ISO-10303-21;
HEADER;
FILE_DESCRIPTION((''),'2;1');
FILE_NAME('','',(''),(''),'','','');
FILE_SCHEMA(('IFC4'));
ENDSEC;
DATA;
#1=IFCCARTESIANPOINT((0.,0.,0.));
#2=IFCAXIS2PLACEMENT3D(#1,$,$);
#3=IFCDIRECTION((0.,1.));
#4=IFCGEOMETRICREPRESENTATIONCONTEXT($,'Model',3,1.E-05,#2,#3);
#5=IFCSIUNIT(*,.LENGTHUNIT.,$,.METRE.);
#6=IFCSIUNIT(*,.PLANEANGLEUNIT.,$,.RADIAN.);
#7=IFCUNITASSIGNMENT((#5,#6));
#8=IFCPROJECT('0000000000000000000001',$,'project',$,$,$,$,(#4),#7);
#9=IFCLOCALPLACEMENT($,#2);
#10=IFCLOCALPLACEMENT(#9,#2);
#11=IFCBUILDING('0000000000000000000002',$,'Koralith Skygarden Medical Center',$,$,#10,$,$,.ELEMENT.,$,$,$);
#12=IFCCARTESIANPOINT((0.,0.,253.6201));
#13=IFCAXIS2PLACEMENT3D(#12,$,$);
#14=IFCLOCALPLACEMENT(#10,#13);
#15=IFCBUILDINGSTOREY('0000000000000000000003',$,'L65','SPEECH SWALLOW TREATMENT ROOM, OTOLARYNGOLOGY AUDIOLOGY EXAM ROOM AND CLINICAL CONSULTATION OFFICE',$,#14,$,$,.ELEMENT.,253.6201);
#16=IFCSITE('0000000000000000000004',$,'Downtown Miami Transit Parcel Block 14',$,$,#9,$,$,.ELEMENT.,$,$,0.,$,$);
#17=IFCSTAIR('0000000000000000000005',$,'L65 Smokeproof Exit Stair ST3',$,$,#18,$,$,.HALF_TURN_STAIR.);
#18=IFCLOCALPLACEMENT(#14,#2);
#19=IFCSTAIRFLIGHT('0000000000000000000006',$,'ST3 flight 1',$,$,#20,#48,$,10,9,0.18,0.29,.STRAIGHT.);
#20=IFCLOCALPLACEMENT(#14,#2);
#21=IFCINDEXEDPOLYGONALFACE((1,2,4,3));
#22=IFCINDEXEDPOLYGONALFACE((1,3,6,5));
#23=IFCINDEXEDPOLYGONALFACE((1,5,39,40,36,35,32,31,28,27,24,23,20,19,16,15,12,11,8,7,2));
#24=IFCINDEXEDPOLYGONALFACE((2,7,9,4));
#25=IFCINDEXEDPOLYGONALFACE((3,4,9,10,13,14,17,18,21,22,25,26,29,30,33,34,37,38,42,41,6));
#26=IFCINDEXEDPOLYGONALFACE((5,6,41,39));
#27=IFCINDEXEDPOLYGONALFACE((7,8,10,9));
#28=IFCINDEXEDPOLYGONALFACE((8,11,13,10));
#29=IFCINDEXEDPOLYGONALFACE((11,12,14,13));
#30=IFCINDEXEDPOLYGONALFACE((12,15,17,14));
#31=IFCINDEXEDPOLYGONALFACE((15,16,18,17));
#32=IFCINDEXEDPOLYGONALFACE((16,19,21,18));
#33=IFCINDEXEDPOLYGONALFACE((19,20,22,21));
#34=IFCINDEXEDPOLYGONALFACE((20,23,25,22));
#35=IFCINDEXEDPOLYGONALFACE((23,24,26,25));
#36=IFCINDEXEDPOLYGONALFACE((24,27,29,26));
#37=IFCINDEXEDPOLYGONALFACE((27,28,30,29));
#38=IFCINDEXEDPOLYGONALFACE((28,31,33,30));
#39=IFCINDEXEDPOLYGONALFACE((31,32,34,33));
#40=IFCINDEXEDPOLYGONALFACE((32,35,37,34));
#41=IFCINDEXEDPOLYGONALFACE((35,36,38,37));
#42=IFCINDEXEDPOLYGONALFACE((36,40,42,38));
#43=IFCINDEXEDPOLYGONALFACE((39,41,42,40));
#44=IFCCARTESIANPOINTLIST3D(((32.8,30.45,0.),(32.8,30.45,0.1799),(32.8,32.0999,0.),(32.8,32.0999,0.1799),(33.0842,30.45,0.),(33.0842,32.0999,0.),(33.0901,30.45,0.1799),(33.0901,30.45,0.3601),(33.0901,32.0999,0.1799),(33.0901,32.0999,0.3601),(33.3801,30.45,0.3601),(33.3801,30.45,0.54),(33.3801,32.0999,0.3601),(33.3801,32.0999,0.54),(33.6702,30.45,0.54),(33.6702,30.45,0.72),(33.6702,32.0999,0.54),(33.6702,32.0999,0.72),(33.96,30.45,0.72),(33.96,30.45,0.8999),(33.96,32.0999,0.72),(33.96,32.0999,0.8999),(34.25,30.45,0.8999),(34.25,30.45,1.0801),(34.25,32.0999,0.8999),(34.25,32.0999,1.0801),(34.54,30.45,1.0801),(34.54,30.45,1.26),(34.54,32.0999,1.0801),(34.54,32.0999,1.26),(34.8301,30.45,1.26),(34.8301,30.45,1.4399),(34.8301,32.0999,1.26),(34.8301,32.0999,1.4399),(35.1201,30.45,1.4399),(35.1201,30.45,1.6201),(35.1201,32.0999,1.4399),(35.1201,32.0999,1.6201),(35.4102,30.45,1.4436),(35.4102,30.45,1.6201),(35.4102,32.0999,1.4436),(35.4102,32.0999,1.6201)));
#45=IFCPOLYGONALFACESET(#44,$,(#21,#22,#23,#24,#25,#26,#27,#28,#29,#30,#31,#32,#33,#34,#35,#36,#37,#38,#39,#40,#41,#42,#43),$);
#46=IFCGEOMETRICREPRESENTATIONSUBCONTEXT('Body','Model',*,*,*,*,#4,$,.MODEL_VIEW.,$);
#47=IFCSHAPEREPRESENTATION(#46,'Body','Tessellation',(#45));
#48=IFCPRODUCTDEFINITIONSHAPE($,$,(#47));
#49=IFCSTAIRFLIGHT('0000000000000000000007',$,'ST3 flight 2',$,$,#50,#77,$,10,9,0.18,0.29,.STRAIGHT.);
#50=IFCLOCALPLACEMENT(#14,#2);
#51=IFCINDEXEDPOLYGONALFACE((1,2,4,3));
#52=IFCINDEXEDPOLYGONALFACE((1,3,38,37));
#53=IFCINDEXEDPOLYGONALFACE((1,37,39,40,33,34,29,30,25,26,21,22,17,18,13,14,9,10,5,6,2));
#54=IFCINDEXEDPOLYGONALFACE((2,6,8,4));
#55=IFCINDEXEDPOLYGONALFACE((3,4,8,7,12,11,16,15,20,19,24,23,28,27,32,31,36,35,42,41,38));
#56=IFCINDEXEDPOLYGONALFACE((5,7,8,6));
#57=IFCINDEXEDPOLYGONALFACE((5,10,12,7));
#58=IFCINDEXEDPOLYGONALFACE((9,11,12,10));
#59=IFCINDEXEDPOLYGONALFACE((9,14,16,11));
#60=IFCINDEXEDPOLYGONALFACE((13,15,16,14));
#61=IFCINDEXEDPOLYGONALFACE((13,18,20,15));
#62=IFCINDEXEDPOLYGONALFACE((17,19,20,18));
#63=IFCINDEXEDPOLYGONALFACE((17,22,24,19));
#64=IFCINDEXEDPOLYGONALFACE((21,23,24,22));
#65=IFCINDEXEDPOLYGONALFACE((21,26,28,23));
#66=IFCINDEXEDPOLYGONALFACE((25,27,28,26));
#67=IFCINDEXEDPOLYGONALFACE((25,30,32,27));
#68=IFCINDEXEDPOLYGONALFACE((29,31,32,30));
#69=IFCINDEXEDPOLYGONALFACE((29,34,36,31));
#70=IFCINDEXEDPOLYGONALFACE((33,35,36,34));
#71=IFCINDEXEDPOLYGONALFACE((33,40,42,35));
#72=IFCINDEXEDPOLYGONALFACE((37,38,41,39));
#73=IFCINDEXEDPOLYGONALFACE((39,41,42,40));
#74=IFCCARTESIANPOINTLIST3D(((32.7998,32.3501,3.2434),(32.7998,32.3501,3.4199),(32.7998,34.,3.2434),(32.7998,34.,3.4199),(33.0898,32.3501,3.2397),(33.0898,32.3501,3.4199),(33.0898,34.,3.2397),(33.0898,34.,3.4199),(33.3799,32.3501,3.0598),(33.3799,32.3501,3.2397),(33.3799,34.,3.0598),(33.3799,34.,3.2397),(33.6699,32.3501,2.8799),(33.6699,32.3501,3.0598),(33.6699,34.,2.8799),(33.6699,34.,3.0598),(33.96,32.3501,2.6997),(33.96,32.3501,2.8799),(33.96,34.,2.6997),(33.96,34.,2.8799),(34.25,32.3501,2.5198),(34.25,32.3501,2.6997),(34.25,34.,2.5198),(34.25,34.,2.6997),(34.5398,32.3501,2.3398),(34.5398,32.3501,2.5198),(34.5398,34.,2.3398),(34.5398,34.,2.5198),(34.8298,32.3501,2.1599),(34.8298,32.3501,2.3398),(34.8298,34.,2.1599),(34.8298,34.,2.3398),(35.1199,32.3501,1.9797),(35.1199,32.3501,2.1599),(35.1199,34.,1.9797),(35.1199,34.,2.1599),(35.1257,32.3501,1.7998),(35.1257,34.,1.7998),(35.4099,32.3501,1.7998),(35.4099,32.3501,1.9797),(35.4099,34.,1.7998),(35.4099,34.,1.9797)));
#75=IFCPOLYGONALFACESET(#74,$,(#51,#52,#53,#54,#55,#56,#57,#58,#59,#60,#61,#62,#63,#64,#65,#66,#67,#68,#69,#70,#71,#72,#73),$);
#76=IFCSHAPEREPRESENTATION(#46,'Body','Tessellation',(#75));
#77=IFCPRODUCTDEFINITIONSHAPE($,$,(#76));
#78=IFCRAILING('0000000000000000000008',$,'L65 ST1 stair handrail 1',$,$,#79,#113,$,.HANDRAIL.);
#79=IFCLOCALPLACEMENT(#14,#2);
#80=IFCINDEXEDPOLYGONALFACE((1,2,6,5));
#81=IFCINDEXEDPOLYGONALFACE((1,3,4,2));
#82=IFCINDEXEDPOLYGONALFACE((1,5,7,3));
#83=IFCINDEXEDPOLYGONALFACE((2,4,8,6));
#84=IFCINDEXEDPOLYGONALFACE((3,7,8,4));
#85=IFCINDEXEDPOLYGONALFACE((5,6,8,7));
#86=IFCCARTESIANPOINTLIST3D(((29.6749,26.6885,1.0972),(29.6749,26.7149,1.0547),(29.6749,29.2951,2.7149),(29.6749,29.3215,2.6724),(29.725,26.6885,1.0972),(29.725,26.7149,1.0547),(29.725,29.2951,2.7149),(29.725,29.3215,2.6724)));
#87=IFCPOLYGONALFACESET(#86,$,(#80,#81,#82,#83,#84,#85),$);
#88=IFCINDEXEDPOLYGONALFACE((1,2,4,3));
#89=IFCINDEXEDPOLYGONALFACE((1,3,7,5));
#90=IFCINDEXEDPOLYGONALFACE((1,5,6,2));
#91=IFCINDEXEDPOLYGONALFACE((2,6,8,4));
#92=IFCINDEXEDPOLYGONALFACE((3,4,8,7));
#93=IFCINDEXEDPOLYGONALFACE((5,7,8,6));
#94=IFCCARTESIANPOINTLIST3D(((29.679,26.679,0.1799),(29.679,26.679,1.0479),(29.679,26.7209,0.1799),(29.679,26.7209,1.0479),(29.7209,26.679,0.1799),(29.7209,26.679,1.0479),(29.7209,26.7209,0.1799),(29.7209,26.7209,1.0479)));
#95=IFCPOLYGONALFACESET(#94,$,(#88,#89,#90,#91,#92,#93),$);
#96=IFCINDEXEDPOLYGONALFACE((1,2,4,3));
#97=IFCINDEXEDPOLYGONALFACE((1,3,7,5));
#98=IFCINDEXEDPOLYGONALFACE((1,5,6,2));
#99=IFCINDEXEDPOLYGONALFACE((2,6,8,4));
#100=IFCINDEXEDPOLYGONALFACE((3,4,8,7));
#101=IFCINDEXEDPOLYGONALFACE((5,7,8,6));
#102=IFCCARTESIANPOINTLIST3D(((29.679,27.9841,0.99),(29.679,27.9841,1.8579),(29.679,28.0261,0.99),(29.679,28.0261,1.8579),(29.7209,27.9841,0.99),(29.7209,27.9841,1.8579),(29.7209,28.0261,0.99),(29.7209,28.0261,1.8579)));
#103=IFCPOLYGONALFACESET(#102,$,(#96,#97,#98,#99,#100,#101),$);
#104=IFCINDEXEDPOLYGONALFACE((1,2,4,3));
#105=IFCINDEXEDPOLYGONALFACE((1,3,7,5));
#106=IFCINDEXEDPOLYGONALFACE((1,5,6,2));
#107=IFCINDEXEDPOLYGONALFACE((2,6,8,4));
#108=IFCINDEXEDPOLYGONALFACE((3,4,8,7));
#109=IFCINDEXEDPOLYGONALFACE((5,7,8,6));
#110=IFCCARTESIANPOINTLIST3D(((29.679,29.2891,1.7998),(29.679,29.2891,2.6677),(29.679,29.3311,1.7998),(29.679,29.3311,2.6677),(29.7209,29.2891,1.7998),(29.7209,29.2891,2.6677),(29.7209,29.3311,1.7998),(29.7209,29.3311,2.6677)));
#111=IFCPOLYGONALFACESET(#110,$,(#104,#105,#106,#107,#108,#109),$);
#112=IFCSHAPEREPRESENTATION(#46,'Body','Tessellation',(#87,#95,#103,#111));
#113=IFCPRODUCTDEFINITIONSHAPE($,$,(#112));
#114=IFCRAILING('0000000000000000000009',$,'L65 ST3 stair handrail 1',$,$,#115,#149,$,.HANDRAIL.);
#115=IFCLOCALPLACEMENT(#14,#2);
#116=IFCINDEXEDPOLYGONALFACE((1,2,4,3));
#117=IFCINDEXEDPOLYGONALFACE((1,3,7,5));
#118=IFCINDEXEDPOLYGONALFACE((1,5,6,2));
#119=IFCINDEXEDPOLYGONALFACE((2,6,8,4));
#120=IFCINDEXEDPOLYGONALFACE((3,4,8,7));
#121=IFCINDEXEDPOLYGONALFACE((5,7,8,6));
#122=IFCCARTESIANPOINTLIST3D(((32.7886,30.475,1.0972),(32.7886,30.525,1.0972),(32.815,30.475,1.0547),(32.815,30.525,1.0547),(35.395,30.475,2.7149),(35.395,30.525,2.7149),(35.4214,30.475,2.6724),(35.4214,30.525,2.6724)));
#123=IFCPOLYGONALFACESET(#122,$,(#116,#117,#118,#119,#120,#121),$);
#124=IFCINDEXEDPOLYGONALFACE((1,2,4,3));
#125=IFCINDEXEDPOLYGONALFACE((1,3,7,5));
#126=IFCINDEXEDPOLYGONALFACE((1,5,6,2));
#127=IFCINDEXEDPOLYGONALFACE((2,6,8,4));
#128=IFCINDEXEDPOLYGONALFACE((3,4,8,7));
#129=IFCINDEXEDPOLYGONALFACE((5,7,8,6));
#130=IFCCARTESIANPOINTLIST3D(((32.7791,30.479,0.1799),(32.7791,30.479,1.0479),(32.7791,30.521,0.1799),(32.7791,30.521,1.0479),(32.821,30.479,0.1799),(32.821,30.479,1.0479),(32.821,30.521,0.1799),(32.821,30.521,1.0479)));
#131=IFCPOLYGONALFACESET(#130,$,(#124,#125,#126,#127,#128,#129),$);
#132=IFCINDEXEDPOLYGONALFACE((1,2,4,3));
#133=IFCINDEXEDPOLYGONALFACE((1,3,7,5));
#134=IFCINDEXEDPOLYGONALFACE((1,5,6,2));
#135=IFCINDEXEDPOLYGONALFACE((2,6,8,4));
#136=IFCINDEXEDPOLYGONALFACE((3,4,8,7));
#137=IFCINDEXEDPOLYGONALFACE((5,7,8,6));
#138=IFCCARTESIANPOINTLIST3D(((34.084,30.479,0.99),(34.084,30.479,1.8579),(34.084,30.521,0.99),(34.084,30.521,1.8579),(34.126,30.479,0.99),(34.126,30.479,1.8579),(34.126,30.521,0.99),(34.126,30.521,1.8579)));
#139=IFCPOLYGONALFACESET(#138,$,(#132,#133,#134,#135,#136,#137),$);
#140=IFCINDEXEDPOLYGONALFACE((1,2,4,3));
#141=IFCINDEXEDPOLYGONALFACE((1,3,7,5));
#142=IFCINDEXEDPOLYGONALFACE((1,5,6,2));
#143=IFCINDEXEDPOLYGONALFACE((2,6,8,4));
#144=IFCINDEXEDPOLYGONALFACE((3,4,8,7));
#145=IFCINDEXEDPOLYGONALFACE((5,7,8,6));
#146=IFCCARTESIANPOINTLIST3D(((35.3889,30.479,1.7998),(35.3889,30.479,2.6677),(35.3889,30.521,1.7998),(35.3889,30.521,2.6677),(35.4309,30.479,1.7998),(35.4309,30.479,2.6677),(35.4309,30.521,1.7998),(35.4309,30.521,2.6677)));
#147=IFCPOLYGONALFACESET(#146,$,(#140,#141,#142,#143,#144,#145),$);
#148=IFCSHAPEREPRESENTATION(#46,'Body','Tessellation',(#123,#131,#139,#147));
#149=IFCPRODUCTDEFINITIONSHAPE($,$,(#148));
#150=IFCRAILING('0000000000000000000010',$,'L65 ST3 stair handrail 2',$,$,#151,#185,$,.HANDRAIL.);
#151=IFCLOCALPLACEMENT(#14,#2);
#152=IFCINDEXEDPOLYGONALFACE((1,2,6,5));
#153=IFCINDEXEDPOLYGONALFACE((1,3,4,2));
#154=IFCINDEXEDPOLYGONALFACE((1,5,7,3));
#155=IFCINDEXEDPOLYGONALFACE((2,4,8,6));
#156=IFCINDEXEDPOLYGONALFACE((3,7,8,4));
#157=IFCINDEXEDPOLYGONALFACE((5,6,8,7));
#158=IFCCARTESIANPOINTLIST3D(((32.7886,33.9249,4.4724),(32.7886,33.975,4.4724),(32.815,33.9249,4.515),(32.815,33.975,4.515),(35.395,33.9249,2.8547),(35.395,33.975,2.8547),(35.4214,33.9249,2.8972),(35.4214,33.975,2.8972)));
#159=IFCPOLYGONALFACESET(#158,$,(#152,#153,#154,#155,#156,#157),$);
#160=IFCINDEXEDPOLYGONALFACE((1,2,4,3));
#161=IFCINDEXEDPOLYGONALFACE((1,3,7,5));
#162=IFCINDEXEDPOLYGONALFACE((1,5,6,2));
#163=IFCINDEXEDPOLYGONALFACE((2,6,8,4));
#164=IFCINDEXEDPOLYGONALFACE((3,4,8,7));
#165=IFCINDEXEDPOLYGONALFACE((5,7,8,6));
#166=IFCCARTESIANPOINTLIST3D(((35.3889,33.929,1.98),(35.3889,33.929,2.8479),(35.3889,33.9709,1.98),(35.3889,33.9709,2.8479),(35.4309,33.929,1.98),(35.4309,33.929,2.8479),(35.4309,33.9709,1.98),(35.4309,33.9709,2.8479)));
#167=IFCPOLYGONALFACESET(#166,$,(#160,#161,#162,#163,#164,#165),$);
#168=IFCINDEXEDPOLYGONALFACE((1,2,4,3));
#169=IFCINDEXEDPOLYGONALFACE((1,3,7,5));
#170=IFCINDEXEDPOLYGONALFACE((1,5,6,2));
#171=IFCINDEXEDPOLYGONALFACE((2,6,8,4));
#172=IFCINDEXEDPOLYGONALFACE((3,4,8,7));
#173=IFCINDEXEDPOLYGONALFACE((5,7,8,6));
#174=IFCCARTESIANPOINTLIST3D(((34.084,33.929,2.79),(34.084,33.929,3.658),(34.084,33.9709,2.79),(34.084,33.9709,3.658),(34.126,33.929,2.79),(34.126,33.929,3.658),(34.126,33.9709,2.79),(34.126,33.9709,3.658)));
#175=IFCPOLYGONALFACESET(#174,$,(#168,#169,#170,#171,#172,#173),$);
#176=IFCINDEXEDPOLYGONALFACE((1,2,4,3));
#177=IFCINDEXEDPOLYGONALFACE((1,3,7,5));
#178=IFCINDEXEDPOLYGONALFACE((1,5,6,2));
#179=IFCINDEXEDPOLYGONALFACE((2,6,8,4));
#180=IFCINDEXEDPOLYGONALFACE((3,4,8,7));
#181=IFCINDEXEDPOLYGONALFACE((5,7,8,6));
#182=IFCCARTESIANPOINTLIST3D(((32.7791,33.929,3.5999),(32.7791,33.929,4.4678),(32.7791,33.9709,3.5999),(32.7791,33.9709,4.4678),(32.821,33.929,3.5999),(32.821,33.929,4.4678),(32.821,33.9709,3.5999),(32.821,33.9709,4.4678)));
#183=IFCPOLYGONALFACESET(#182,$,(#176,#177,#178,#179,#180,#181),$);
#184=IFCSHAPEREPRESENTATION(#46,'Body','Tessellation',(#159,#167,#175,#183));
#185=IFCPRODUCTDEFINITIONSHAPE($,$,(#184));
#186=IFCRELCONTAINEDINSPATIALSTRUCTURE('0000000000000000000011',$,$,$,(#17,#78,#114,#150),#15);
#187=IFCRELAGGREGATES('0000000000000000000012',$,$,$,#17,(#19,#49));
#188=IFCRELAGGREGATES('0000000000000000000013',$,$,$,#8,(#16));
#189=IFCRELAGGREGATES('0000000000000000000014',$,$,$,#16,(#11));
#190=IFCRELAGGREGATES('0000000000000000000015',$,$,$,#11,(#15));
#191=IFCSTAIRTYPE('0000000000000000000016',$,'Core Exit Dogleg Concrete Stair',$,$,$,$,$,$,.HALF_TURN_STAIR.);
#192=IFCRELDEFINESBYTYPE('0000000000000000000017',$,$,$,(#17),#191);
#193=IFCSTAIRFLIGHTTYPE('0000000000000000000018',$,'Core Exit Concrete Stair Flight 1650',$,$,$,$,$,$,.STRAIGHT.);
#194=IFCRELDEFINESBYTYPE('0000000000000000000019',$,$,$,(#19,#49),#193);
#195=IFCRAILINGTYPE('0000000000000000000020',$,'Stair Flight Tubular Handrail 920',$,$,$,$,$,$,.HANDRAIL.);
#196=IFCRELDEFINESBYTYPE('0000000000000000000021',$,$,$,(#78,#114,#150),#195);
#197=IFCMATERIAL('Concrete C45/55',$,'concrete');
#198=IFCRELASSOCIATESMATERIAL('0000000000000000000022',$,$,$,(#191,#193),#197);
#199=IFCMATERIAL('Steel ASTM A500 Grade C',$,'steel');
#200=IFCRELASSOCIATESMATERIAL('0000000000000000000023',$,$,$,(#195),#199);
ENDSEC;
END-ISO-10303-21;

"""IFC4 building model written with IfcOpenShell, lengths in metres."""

from ifc_helpers import new_model, si_unit, direction, frame, origin, origin_2d, place, context, subcontext, project, spatial, polyline, rectangle, outline, extrude, material, type_object, element, aggregate, save


model = new_model("IFC4")

# Units and contexts
model_context = context("Model", 3, precision=1e-05, world=origin(), true_north=direction((0.0, 1.0)))
body_context = subcontext(model_context, "Body", "Model", "MODEL_VIEW")
ifc_project = project(units=[si_unit("LENGTHUNIT", "METRE"), si_unit("PLANEANGLEUNIT", "RADIAN")], contexts=[model_context])

# Site, building, storey
site_placement = place(None, origin())
site = spatial("IfcSite", under=ifc_project, at=site_placement, Name="Downtown Miami Transit Parcel Block 14", CompositionType="ELEMENT", RefElevation=0.0)
building_placement = place(site_placement, origin())
building = spatial("IfcBuilding", under=site, at=building_placement, Name="Koralith Skygarden Medical Center", CompositionType="ELEMENT")
storey_placement = place(building_placement, frame((0.0, 0.0, 253.6201)))
storey = spatial("IfcBuildingStorey", under=building, at=storey_placement, Name="L65", Description="SPEECH SWALLOW TREATMENT ROOM, OTOLARYNGOLOGY AUDIOLOGY EXAM ROOM AND CLINICAL CONSULTATION OFFICE", CompositionType="ELEMENT", Elevation=253.6201)

# Shared definitions
ifc_material_1 = material(Name="Concrete C45/55", Category="concrete")

# Shared definitions
stair_type = type_object("IfcStairType", Name="Core Exit Dogleg Concrete Stair", PredefinedType="HALF_TURN_STAIR", material=ifc_material_1)
stair_flight_type = type_object("IfcStairFlightType", Name="Core Exit Concrete Stair Flight 1650", PredefinedType="STRAIGHT", material=ifc_material_1)

# Stair, stair flights
stair_1_placement = place(storey_placement, origin())
stair_1 = element("IfcStair", 1, at=stair_1_placement, inside=storey, type_object=stair_type, Name="L65 Smokeproof Exit Stair ST3", PredefinedType="HALF_TURN_STAIR")
stair_flight_1_placement = place(storey_placement, frame((32.8, 31.2749, 0.0), z_axis=(0.0, 0.0, 1.0), x_axis=(1.0, 0.0, 0.0)))
stair_flight_1 = element("IfcStairFlight", 2, at=stair_flight_1_placement, type_object=stair_flight_type, Name="ST3 flight 1", NumberOfRisers=10, NumberOfTreads=9, PredefinedType="STRAIGHT", RiserHeight=0.18, TreadLength=0.29, context=body_context, shape_type="SweptSolid", body=[
    extrude(outline(polyline([(0.0, 0.0), (0.0, 0.1799), (0.29, 0.1799), (0.29, 0.3601), (0.5801, 0.3601), (0.5801, 0.54), (0.8701, 0.54), (0.8701, 0.72), (1.1599, 0.72), (1.1599, 0.8999), (1.45, 0.8999), (1.45, 1.0801), (1.74, 1.0801), (1.74, 1.26), (2.03, 1.26), (2.03, 1.4399), (2.3201, 1.4399), (2.3201, 1.6201), (2.6101, 1.6201), (2.6101, 1.8), (2.6101, 1.4436), (0.2842, 0.0), (0.0, 0.0)])), frame((0.0, 0.825, 0.0), z_axis=(0.0, -1.0, 0.0), x_axis=(1.0, 0.0, 0.0)), (0.0, 0.0, 1.0), 1.6499),
])
stair_flight_2_placement = place(storey_placement, frame((35.4099, 33.175, 1.7998), z_axis=(0.0, 0.0, 1.0), x_axis=(-1.0, 0.0, 0.0)))
stair_flight_2 = element("IfcStairFlight", 3, at=stair_flight_2_placement, type_object=stair_flight_type, Name="ST3 flight 2", NumberOfRisers=10, NumberOfTreads=9, PredefinedType="STRAIGHT", RiserHeight=0.18, TreadLength=0.29, context=body_context, shape_type="SweptSolid", body=[
    extrude(outline(polyline([(0.0, 0.0), (0.0, 0.1799), (0.29, 0.1799), (0.29, 0.3601), (0.5801, 0.3601), (0.5801, 0.54), (0.8701, 0.54), (0.8701, 0.72), (1.1599, 0.72), (1.1599, 0.8999), (1.45, 0.8999), (1.45, 1.0801), (1.74, 1.0801), (1.74, 1.26), (2.03, 1.26), (2.03, 1.4399), (2.3201, 1.4399), (2.3201, 1.6201), (2.6101, 1.6201), (2.6101, 1.8), (2.6101, 1.4436), (0.2842, 0.0), (0.0, 0.0)])), frame((0.0, 0.825, 0.0), z_axis=(0.0, -1.0, 0.0), x_axis=(1.0, 0.0, 0.0)), (0.0, 0.0, 1.0), 1.6499),
])
aggregate(stair_1, [stair_flight_1, stair_flight_2])

# Railings
ifc_material_2 = material(Name="Steel ASTM A500 Grade C", Category="steel")
railing_type_1 = type_object("IfcRailingType", Name="Stair Flight Tubular Handrail 920", PredefinedType="HANDRAIL", material=ifc_material_2)
railing_1_placement = place(storey_placement, frame((29.7, 26.7, 0.1799)))
element("IfcRailing", 4, at=railing_1_placement, inside=storey, type_object=railing_type_1, Name="L65 ST1 stair handrail 1", PredefinedType="HANDRAIL", context=body_context, shape_type="SweptSolid", body=[
    extrude(rectangle(XDim=0.05, YDim=0.05, at=origin_2d()), frame((0.0, 0.0017, 0.896), z_axis=(0.0, 0.849668, 0.527317), x_axis=(-1.0, 0.0, 0.0)), (0.0, 0.0, 1.0), 3.0679),
    extrude(rectangle(XDim=0.042, YDim=0.042, at=origin_2d()), origin(), (0.0, 0.0, 1.0), 0.8679),
    extrude(rectangle(XDim=0.042, YDim=0.042, at=origin_2d()), frame((0.0, 1.3052, 0.8101)), (0.0, 0.0, 1.0), 0.8679),
    extrude(rectangle(XDim=0.042, YDim=0.042, at=origin_2d()), frame((0.0, 2.6101, 1.6199)), (0.0, 0.0, 1.0), 0.8679),
])
railing_2_placement = place(storey_placement, frame((32.8, 30.5, 0.1799)))
element("IfcRailing", 5, at=railing_2_placement, inside=storey, type_object=railing_type_1, Name="L65 ST3 stair handrail 1", PredefinedType="HANDRAIL", context=body_context, shape_type="SweptSolid", body=[
    extrude(rectangle(XDim=0.05, YDim=0.05, at=origin_2d()), frame((0.0017, 0.0, 0.896), z_axis=(0.849646, 0.0, 0.527353), x_axis=(0.0, 1.0, 0.0)), (0.0, 0.0, 1.0), 3.0676),
    extrude(rectangle(XDim=0.042, YDim=0.042, at=origin_2d()), origin(), (0.0, 0.0, 1.0), 0.8679),
    extrude(rectangle(XDim=0.042, YDim=0.042, at=origin_2d()), frame((1.3049, 0.0, 0.8101)), (0.0, 0.0, 1.0), 0.8679),
    extrude(rectangle(XDim=0.042, YDim=0.042, at=origin_2d()), frame((2.6099, 0.0, 1.6199)), (0.0, 0.0, 1.0), 0.8679),
])
railing_3_placement = place(storey_placement, frame((35.4099, 33.95, 1.98)))
element("IfcRailing", 6, at=railing_3_placement, inside=storey, type_object=railing_type_1, Name="L65 ST3 stair handrail 2", PredefinedType="HANDRAIL", context=body_context, shape_type="SweptSolid", body=[
    extrude(rectangle(XDim=0.05, YDim=0.05, at=origin_2d()), frame((-0.0017, 0.0, 0.896), z_axis=(-0.849646, 0.0, 0.527353), x_axis=(0.0, -1.0, 0.0)), (0.0, 0.0, 1.0), 3.0676),
    extrude(rectangle(XDim=0.042, YDim=0.042, at=origin_2d()), origin(), (0.0, 0.0, 1.0), 0.8679),
    extrude(rectangle(XDim=0.042, YDim=0.042, at=origin_2d()), frame((-1.3049, 0.0, 0.8101)), (0.0, 0.0, 1.0), 0.8679),
    extrude(rectangle(XDim=0.042, YDim=0.042, at=origin_2d()), frame((-2.6099, 0.0, 1.6199)), (0.0, 0.0, 1.0), 0.8679),
])

save(model, "model.ifc")
